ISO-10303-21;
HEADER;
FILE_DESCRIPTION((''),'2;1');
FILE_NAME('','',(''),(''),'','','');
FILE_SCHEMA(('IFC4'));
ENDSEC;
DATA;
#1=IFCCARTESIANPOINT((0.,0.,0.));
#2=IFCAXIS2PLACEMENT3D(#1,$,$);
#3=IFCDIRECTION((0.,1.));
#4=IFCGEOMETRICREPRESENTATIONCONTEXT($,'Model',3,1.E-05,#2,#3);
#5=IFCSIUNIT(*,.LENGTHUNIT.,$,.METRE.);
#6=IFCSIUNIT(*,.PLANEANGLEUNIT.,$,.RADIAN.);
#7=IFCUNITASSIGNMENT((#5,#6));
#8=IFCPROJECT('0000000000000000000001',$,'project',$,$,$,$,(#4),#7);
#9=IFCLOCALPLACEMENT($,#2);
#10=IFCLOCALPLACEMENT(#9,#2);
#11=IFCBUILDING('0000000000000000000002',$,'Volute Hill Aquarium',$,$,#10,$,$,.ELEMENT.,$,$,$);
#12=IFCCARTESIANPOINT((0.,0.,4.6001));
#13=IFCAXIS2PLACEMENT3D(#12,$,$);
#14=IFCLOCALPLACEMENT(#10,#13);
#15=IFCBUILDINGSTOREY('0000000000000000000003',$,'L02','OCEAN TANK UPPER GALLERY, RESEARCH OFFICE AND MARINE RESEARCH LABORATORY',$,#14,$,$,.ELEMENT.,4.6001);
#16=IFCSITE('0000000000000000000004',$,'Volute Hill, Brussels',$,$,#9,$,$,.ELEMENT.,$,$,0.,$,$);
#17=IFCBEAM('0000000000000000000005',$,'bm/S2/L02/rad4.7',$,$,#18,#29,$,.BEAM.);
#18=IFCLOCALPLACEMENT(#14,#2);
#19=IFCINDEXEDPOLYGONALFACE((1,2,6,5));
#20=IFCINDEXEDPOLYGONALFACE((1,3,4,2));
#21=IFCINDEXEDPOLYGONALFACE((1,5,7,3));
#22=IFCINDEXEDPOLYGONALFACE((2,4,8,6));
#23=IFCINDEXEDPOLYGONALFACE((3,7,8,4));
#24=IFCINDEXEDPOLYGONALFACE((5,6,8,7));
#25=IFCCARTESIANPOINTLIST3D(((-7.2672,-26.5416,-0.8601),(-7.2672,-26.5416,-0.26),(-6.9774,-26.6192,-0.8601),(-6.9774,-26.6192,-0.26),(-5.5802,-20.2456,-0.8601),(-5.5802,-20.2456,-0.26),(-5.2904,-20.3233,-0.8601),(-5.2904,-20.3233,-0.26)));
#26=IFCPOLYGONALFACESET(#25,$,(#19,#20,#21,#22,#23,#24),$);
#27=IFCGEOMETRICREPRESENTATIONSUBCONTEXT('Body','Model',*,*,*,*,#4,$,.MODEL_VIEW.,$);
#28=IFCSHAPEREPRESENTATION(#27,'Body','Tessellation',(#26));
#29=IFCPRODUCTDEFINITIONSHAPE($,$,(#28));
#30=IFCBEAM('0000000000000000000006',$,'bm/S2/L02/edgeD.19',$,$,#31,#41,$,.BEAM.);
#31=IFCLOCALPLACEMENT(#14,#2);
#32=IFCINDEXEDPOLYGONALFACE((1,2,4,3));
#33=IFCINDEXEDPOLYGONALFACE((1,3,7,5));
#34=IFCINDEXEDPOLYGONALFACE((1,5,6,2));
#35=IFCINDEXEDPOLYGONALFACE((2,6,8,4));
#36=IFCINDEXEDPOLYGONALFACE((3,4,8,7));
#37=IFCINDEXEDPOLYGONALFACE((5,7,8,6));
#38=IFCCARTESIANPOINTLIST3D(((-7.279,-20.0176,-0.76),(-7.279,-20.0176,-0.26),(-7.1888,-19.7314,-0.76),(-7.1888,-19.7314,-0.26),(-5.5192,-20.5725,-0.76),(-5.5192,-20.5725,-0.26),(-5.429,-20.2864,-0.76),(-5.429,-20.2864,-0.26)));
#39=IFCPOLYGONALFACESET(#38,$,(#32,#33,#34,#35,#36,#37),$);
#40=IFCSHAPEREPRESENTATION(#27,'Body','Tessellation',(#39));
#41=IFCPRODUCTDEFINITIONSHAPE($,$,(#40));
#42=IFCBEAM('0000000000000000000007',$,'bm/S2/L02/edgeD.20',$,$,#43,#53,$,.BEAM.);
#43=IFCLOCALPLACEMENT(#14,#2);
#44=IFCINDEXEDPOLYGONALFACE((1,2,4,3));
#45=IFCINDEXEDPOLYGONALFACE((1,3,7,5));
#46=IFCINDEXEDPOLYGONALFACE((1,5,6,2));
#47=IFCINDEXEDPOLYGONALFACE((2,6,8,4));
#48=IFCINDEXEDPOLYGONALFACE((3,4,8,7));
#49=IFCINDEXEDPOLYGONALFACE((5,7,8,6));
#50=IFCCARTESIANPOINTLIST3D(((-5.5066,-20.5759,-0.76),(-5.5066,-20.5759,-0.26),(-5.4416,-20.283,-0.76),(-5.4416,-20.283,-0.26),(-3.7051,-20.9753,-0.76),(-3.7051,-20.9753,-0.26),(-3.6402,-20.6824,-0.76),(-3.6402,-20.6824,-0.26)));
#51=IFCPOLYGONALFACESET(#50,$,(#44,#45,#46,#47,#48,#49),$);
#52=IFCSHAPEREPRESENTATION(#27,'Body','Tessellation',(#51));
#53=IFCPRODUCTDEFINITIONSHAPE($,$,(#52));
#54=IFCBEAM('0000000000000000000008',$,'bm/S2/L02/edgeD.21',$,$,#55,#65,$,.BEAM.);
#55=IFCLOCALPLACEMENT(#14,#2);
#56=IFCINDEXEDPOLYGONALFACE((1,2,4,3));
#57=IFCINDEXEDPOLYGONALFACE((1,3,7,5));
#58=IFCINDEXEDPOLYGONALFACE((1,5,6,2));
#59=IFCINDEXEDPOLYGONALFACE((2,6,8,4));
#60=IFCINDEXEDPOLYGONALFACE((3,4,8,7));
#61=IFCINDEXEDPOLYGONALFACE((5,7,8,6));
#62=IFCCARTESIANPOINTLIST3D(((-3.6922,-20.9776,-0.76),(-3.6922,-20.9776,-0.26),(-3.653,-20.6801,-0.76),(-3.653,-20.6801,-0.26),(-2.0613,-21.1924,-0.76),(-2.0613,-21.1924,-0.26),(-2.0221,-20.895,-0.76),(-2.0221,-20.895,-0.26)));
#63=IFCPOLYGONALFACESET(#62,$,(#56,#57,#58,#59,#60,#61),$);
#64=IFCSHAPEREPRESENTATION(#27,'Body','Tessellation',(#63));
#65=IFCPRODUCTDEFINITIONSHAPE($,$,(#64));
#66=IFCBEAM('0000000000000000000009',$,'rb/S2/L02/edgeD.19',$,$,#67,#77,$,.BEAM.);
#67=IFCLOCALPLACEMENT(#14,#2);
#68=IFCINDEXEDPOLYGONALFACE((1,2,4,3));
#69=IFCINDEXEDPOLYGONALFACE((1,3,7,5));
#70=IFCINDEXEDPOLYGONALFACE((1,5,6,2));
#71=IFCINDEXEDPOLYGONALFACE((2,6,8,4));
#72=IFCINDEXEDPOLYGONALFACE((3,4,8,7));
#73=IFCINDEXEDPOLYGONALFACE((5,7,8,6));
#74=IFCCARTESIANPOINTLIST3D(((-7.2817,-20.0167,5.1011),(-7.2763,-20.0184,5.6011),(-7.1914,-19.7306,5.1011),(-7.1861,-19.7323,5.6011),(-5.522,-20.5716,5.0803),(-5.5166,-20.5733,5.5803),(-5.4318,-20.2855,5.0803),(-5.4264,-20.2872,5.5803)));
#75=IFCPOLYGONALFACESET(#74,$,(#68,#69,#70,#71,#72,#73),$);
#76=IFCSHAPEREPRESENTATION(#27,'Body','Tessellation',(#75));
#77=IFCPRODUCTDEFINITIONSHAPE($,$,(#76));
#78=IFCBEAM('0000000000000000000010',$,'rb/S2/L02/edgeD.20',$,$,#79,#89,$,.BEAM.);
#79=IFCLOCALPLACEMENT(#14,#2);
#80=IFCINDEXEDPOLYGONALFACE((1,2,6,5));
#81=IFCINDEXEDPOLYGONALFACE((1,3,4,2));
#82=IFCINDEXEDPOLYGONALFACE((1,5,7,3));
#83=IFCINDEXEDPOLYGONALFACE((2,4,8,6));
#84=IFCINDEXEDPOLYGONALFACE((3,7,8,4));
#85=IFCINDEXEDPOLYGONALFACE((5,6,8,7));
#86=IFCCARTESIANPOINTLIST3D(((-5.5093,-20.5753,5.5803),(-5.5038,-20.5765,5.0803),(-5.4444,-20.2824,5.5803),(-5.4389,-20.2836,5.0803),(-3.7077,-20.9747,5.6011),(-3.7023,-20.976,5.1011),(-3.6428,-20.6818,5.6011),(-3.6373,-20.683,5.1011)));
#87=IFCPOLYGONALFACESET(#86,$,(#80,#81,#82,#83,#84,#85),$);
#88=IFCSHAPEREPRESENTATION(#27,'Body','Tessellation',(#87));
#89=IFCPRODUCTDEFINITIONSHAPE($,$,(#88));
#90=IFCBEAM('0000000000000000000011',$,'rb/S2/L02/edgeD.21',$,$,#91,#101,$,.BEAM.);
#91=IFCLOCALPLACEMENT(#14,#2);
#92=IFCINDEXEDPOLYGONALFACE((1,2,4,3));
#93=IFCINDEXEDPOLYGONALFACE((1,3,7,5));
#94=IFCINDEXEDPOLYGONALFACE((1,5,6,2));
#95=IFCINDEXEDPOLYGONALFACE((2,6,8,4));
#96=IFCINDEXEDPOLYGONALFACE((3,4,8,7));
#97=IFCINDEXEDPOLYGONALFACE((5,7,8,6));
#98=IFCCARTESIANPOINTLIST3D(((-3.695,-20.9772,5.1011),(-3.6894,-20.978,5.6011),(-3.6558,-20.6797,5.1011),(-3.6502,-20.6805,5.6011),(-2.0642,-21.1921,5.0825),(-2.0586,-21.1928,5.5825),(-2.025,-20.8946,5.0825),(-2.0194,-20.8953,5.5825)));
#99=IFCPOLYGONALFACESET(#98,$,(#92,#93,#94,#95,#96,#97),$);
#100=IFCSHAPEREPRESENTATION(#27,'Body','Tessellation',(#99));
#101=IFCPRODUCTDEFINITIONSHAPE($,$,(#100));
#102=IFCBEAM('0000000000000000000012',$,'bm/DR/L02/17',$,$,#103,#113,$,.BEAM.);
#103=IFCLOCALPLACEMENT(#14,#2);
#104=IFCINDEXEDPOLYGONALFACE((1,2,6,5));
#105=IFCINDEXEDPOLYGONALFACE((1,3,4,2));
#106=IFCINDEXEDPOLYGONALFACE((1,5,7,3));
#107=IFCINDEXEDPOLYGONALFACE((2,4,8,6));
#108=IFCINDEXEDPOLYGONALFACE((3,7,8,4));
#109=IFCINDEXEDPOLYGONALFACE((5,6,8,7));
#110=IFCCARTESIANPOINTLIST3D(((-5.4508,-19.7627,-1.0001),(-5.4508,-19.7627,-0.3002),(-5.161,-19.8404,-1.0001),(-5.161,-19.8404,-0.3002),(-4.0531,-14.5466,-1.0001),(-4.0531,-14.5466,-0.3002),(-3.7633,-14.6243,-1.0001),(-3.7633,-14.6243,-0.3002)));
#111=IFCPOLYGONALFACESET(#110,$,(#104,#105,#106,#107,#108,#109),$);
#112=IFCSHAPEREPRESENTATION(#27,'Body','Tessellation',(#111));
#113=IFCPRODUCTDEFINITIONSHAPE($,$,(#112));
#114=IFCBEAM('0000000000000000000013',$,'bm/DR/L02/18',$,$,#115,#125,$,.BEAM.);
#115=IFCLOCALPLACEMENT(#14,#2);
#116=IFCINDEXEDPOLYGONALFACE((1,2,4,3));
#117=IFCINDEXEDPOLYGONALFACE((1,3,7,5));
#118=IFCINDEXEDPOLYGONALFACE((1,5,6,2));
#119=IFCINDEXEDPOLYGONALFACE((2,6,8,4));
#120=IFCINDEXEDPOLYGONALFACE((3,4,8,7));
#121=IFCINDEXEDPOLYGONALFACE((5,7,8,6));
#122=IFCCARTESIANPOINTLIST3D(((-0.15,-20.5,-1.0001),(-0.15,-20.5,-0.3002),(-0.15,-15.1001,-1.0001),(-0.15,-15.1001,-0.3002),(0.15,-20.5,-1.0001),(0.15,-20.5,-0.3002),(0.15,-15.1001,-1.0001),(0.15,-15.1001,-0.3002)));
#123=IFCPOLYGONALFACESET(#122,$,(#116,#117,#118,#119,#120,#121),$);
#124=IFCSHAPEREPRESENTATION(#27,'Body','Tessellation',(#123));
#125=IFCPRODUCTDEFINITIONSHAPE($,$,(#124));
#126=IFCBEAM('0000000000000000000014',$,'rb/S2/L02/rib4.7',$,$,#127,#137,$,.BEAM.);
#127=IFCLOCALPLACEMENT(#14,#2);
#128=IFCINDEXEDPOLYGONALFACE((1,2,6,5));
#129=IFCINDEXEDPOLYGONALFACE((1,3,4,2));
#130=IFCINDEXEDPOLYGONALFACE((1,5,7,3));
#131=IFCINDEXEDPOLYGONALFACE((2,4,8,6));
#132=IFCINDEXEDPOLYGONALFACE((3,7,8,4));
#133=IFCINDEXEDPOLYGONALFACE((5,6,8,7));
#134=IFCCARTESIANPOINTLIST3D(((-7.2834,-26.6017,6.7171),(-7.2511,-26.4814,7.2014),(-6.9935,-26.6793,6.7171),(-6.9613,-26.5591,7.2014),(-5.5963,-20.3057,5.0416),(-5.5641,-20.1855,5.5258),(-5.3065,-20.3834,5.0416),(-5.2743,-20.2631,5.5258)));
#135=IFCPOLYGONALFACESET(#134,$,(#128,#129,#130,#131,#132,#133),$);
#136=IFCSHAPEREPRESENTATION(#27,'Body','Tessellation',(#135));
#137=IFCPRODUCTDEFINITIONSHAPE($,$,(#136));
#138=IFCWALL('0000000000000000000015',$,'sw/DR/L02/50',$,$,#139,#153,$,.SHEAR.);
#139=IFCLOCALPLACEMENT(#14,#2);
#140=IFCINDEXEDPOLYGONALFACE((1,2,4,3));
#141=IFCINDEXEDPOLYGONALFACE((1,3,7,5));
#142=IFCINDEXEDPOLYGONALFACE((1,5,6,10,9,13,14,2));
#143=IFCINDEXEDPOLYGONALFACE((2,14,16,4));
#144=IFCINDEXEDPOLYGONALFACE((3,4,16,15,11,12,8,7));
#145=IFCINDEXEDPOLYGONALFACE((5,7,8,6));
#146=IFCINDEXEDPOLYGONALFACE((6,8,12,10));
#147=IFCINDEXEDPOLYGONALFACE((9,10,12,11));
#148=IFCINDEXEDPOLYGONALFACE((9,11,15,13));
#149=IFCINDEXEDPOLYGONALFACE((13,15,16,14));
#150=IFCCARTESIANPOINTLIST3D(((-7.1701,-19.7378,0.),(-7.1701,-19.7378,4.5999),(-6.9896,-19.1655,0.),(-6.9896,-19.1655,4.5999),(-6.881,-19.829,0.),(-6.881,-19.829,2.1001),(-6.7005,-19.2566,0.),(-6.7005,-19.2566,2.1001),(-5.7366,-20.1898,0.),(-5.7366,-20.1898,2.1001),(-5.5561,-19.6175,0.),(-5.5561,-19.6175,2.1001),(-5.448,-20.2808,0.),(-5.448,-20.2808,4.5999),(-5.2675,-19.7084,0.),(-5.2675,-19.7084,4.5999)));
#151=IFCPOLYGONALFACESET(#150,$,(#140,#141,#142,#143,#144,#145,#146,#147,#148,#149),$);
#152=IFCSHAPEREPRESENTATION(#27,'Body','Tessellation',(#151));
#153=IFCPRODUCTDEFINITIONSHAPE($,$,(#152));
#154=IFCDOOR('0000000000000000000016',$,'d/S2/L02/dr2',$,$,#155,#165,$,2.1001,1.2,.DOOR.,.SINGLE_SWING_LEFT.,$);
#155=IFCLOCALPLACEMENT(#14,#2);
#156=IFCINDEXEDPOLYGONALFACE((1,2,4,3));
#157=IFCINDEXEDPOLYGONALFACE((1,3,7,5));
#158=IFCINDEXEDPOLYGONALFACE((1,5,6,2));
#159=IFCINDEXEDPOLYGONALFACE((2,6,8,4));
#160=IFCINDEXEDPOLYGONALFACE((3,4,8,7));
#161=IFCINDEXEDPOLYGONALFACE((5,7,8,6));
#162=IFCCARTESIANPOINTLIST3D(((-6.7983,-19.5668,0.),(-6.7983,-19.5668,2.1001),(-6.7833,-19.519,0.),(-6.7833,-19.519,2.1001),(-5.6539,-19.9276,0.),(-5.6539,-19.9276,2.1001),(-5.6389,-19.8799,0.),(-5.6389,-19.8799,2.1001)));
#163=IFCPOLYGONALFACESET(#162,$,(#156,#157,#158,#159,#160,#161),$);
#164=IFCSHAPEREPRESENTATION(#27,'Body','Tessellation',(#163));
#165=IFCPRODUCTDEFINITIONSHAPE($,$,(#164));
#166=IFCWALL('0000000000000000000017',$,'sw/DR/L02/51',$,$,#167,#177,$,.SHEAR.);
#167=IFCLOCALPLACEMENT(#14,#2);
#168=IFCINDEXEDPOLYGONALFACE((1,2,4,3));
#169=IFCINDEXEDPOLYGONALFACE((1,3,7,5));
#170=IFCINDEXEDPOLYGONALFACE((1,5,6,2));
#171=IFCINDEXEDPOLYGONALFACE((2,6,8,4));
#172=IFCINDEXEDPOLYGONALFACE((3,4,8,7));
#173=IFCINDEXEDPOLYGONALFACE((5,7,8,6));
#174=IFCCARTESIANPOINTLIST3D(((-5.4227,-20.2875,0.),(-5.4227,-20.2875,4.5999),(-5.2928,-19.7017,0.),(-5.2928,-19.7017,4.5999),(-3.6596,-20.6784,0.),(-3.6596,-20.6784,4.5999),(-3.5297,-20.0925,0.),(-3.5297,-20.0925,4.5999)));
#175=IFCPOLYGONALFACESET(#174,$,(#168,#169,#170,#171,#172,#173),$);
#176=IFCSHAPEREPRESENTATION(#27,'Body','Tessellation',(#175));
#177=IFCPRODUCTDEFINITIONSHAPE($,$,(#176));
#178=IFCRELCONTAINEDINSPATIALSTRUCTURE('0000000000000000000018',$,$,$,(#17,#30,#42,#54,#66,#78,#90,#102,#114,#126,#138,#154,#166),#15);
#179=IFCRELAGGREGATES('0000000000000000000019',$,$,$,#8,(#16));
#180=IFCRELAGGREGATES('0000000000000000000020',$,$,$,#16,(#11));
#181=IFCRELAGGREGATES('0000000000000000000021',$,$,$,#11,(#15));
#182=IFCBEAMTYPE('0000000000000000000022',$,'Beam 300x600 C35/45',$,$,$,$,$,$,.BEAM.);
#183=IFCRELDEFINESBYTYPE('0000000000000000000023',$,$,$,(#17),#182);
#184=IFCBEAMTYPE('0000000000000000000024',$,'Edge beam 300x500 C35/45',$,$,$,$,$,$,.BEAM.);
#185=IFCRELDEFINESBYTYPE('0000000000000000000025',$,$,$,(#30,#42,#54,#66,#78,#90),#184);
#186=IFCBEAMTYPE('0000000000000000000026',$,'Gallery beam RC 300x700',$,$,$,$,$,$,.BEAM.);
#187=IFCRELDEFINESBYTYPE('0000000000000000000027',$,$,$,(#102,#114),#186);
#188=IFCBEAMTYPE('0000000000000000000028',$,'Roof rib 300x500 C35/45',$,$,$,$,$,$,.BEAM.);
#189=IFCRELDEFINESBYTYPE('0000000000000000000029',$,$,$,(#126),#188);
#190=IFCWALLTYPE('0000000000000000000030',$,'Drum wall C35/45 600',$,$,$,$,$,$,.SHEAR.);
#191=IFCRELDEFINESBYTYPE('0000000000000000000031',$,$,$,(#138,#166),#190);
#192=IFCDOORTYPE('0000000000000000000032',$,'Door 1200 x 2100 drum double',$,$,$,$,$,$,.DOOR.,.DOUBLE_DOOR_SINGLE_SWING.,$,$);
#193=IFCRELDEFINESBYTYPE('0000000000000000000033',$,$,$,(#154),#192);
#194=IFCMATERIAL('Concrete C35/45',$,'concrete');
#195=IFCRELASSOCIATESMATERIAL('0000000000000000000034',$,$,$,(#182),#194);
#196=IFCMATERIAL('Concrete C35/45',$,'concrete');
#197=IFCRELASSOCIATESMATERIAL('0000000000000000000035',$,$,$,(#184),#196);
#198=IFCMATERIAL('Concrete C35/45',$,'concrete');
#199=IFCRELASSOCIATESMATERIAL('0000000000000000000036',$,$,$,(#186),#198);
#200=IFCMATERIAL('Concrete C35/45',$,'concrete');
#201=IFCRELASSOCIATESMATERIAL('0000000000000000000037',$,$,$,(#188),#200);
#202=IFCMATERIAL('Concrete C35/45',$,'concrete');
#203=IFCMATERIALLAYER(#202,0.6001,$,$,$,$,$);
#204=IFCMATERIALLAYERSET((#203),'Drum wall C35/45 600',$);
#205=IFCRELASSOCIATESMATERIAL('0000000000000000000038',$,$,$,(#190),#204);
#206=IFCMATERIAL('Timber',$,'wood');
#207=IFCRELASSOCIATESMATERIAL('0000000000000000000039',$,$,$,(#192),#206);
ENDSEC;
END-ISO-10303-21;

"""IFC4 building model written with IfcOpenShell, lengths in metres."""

from ifc_helpers import new_model, si_unit, direction, frame, frame_2d, origin, origin_2d, place, context, subcontext, project, spatial, rectangle, extrude, material, layer, layer_set, material_profile, profile_set, type_object, element, fill, save


model = new_model("IFC4")

# Units and contexts
model_context = context("Model", 3, precision=1e-05, world=origin(), true_north=direction((0.0, 1.0)))
body_context = subcontext(model_context, "Body", "Model", "MODEL_VIEW")
ifc_project = project(units=[si_unit("LENGTHUNIT", "METRE"), si_unit("PLANEANGLEUNIT", "RADIAN")], contexts=[model_context])

# Site, building, storey
site_placement = place(None, origin())
site = spatial("IfcSite", under=ifc_project, at=site_placement, Name="Volute Hill, Brussels", CompositionType="ELEMENT", RefElevation=0.0)
building_placement = place(site_placement, origin())
building = spatial("IfcBuilding", under=site, at=building_placement, Name="Volute Hill Aquarium", CompositionType="ELEMENT")
storey_placement = place(building_placement, frame((0.0, 0.0, 4.6001)))
storey = spatial("IfcBuildingStorey", under=building, at=storey_placement, Name="L02", Description="OCEAN TANK UPPER GALLERY, RESEARCH OFFICE AND MARINE RESEARCH LABORATORY", CompositionType="ELEMENT", Elevation=4.6001)

# Beams
ifc_material_1 = material(Name="Concrete C35/45", Category="concrete")
ifc_material_profile_1 = material_profile(ifc_material_1, rectangle(XDim=0.3, YDim=0.6001, at=origin_2d()), Name="RC beam 300x600")
ifc_profile_set_1 = profile_set([ifc_material_profile_1], Name="Concrete C35/45")
beam_type_1 = type_object("IfcBeamType", Name="Beam 300x600 C35/45", PredefinedType="BEAM", material=ifc_profile_set_1)
beam_1_placement = place(storey_placement, frame((-5.4353, -20.2844, -0.5601), z_axis=(-0.258823, -0.965925, 0.0), x_axis=(0.965925, -0.258823, 0.0)))
element("IfcBeam", 1, at=beam_1_placement, inside=storey, type_object=beam_type_1, Name="bm/S2/L02/rad4.7", PredefinedType="BEAM", context=body_context, shape_type="SweptSolid", body=[
    extrude(rectangle(XDim=0.3, YDim=0.6001, at=origin_2d()), origin(), (0.0, 0.0, 1.0), 6.5181),
])
ifc_material_2 = material(Name="Concrete C35/45", Category="concrete")
ifc_material_profile_2 = material_profile(ifc_material_2, rectangle(XDim=0.3, YDim=0.5, at=origin_2d()), Name="RC edge beam 300x500")
ifc_profile_set_2 = profile_set([ifc_material_profile_2], Name="Concrete C35/45")
beam_type_2 = type_object("IfcBeamType", Name="Edge beam 300x500 C35/45", PredefinedType="BEAM", material=ifc_profile_set_2)
for number, where, z_axis, x_axis, name in (
    (2, (-7.2339, -19.8745, -0.51), (0.953705, -0.300745, 0.0), (0.300745, 0.953705, 0.0), "bm/S2/L02/edgeD.19"),
    (3, (-5.4741, -20.4294, -0.51), (0.976293, -0.216454, 0.0), (0.216454, 0.976293, 0.0), "bm/S2/L02/edgeD.20"),
):
    element("IfcBeam", number, at=place(storey_placement, frame(where, z_axis=z_axis, x_axis=x_axis)), inside=storey, type_object=beam_type_2, Name=name, PredefinedType="BEAM", context=body_context, shape_type="SweptSolid", body=[
        extrude(rectangle(XDim=0.3, YDim=0.5, at=origin_2d()), origin(), (0.0, 0.0, 1.0), 1.8452),
    ])
beam_2_placement = place(storey_placement, frame((-3.6726, -20.8289, -0.51), z_axis=(0.991434, -0.130608, 0.0), x_axis=(0.130608, 0.991434, 0.0)))
element("IfcBeam", 4, at=beam_2_placement, inside=storey, type_object=beam_type_2, Name="bm/S2/L02/edgeD.21", PredefinedType="BEAM", context=body_context, shape_type="SweptSolid", body=[
    extrude(rectangle(XDim=0.3, YDim=0.5, at=origin_2d()), origin(), (0.0, 0.0, 1.0), 1.645),
])
beam_3_placement = place(storey_placement, frame((-7.2339, -19.8745, 5.3511), z_axis=(0.953644, -0.300726, -0.011246), x_axis=(0.300745, 0.953705, 0.0)))
element("IfcBeam", 5, at=beam_3_placement, inside=storey, type_object=beam_type_2, Name="rb/S2/L02/edgeD.19", PredefinedType="BEAM", context=body_context, shape_type="SweptSolid", body=[
    extrude(rectangle(XDim=0.3, YDim=0.5, at=origin_2d()), origin(), (0.0, 0.0, 1.0), 1.8452),
])
beam_4_placement = place(storey_placement, frame((-5.4741, -20.4294, 5.3303), z_axis=(0.976231, -0.21644, 0.011245), x_axis=(0.216454, 0.976293, 0.0)))
element("IfcBeam", 6, at=beam_4_placement, inside=storey, type_object=beam_type_2, Name="rb/S2/L02/edgeD.20", PredefinedType="BEAM", context=body_context, shape_type="SweptSolid", body=[
    extrude(rectangle(XDim=0.3, YDim=0.5, at=origin_2d()), origin(), (0.0, 0.0, 1.0), 1.8455),
])
beam_5_placement = place(storey_placement, frame((-3.6726, -20.8289, 5.3511), z_axis=(0.991371, -0.1306, -0.011279), x_axis=(0.130608, 0.991434, 0.0)))
element("IfcBeam", 7, at=beam_5_placement, inside=storey, type_object=beam_type_2, Name="rb/S2/L02/edgeD.21", PredefinedType="BEAM", context=body_context, shape_type="SweptSolid", body=[
    extrude(rectangle(XDim=0.3, YDim=0.5, at=origin_2d()), origin(), (0.0, 0.0, 1.0), 1.645),
])
ifc_material_3 = material(Name="Concrete C35/45", Category="concrete")
ifc_material_profile_3 = material_profile(ifc_material_3, rectangle(XDim=0.3, YDim=0.7, at=origin_2d()), Name="RC beam 300x700")
ifc_profile_set_3 = profile_set([ifc_material_profile_3], Name="Concrete C35/45")
beam_type_3 = type_object("IfcBeamType", Name="Gallery beam RC 300x700", PredefinedType="BEAM", material=ifc_profile_set_3)
beam_6_placement = place(storey_placement, frame((-3.9082, -14.5854, -0.6501), z_axis=(-0.25883, -0.965923, 0.0), x_axis=(0.965923, -0.25883, 0.0)))
element("IfcBeam", 8, at=beam_6_placement, inside=storey, type_object=beam_type_3, Name="bm/DR/L02/17", PredefinedType="BEAM", context=body_context, shape_type="SweptSolid", body=[
    extrude(rectangle(XDim=0.3, YDim=0.7, at=origin_2d()), origin(), (0.0, 0.0, 1.0), 5.4001),
])
beam_7_placement = place(storey_placement, frame((0.0, -15.1001, -0.6501), z_axis=(0.0, -1.0, 0.0), x_axis=(1.0, 0.0, 0.0)))
element("IfcBeam", 9, at=beam_7_placement, inside=storey, type_object=beam_type_3, Name="bm/DR/L02/18", PredefinedType="BEAM", context=body_context, shape_type="SweptSolid", body=[
    extrude(rectangle(XDim=0.3, YDim=0.7, at=origin_2d()), origin(), (0.0, 0.0, 1.0), 5.3999),
])
ifc_material_4 = material(Name="Concrete C35/45", Category="concrete")
ifc_material_profile_4 = material_profile(ifc_material_4, rectangle(XDim=0.3, YDim=0.5, at=origin_2d()), Name="RC rib 300x500")
ifc_profile_set_4 = profile_set([ifc_material_profile_4], Name="Concrete C35/45")
beam_type_4 = type_object("IfcBeamType", Name="Roof rib 300x500 C35/45", PredefinedType="BEAM", material=ifc_profile_set_4)
beam_8_placement = place(storey_placement, frame((-5.4353, -20.2844, 5.2837), z_axis=(-0.250674, -0.935509, 0.248969), x_axis=(0.965925, -0.258823, 0.0)))
element("IfcBeam", 10, at=beam_8_placement, inside=storey, type_object=beam_type_4, Name="rb/S2/L02/rib4.7", PredefinedType="BEAM", context=body_context, shape_type="SweptSolid", body=[
    extrude(rectangle(XDim=0.3, YDim=0.5, at=origin_2d()), origin(), (0.0, 0.0, 1.0), 6.73),
])

# Wall, opening, door
ifc_material_5 = material(Name="Concrete C35/45", Category="concrete")
ifc_layer_1 = layer(ifc_material_5, 0.6001)
ifc_layer_set_1 = layer_set([ifc_layer_1], Name="Drum wall C35/45 600")
wall_type_1 = type_object("IfcWallType", Name="Drum wall C35/45 600", PredefinedType="SHEAR", material=ifc_layer_set_1)
wall_1_placement = place(storey_placement, frame((-7.0798, -19.4517, 0.0), z_axis=(0.0, 0.0, 1.0), x_axis=(0.953722, -0.300691, 0.0)))
wall_1 = element("IfcWall", 11, at=wall_1_placement, inside=storey, type_object=wall_type_1, Name="sw/DR/L02/50", PredefinedType="SHEAR", context=body_context, shape_type="SweptSolid", body=[
    extrude(rectangle(XDim=1.8057, YDim=0.6001, at=frame_2d((0.9028, 0.0))), origin(), (0.0, 0.0, 1.0), 4.5999),
])
opening_1_placement = place(wall_1_placement, frame((0.303, 0.0, 0.0)))
opening_1 = element("IfcOpeningElement", 12, at=opening_1_placement, cuts=wall_1, PredefinedType="OPENING", context=body_context, shape_type="SweptSolid", body=[
    extrude(rectangle(XDim=1.2, YDim=2.1001, at=frame_2d((0.6001, 1.05))), frame((0.0, 0.3101, 0.0), z_axis=(0.0, -1.0, 0.0), x_axis=(1.0, 0.0, 0.0)), (0.0, 0.0, 1.0), 0.6201),
])
ifc_material_6 = material(Name="Timber", Category="wood")
door_type_1 = type_object("IfcDoorType", Name="Door 1200 x 2100 drum double", OperationType="DOUBLE_DOOR_SINGLE_SWING", PredefinedType="DOOR", material=ifc_material_6)
door_1_placement = place(opening_1_placement, origin())
door_1 = element("IfcDoor", 13, at=door_1_placement, inside=storey, type_object=door_type_1, Name="d/S2/L02/dr2", OperationType="SINGLE_SWING_LEFT", OverallHeight=2.1001, OverallWidth=1.2, PredefinedType="DOOR", context=body_context, shape_type="SweptSolid", body=[
    extrude(rectangle(XDim=1.2, YDim=2.1001, at=frame_2d((0.6001, 1.05))), frame((0.0, 0.0249, 0.0), z_axis=(0.0, -1.0, 0.0), x_axis=(1.0, 0.0, 0.0)), (0.0, 0.0, 1.0), 0.05),
])
fill(opening_1, door_1)

# Wall
wall_2_placement = place(storey_placement, frame((-5.3577, -19.9946, 0.0), z_axis=(0.0, 0.0, 1.0), x_axis=(0.976298, -0.216429, 0.0)))
element("IfcWall", 14, at=wall_2_placement, inside=storey, type_object=wall_type_1, Name="sw/DR/L02/51", PredefinedType="SHEAR", context=body_context, shape_type="SweptSolid", body=[
    extrude(rectangle(XDim=1.8059, YDim=0.6001, at=frame_2d((0.9028, 0.0))), origin(), (0.0, 0.0, 1.0), 4.5999),
])

save(model, "model.ifc")
